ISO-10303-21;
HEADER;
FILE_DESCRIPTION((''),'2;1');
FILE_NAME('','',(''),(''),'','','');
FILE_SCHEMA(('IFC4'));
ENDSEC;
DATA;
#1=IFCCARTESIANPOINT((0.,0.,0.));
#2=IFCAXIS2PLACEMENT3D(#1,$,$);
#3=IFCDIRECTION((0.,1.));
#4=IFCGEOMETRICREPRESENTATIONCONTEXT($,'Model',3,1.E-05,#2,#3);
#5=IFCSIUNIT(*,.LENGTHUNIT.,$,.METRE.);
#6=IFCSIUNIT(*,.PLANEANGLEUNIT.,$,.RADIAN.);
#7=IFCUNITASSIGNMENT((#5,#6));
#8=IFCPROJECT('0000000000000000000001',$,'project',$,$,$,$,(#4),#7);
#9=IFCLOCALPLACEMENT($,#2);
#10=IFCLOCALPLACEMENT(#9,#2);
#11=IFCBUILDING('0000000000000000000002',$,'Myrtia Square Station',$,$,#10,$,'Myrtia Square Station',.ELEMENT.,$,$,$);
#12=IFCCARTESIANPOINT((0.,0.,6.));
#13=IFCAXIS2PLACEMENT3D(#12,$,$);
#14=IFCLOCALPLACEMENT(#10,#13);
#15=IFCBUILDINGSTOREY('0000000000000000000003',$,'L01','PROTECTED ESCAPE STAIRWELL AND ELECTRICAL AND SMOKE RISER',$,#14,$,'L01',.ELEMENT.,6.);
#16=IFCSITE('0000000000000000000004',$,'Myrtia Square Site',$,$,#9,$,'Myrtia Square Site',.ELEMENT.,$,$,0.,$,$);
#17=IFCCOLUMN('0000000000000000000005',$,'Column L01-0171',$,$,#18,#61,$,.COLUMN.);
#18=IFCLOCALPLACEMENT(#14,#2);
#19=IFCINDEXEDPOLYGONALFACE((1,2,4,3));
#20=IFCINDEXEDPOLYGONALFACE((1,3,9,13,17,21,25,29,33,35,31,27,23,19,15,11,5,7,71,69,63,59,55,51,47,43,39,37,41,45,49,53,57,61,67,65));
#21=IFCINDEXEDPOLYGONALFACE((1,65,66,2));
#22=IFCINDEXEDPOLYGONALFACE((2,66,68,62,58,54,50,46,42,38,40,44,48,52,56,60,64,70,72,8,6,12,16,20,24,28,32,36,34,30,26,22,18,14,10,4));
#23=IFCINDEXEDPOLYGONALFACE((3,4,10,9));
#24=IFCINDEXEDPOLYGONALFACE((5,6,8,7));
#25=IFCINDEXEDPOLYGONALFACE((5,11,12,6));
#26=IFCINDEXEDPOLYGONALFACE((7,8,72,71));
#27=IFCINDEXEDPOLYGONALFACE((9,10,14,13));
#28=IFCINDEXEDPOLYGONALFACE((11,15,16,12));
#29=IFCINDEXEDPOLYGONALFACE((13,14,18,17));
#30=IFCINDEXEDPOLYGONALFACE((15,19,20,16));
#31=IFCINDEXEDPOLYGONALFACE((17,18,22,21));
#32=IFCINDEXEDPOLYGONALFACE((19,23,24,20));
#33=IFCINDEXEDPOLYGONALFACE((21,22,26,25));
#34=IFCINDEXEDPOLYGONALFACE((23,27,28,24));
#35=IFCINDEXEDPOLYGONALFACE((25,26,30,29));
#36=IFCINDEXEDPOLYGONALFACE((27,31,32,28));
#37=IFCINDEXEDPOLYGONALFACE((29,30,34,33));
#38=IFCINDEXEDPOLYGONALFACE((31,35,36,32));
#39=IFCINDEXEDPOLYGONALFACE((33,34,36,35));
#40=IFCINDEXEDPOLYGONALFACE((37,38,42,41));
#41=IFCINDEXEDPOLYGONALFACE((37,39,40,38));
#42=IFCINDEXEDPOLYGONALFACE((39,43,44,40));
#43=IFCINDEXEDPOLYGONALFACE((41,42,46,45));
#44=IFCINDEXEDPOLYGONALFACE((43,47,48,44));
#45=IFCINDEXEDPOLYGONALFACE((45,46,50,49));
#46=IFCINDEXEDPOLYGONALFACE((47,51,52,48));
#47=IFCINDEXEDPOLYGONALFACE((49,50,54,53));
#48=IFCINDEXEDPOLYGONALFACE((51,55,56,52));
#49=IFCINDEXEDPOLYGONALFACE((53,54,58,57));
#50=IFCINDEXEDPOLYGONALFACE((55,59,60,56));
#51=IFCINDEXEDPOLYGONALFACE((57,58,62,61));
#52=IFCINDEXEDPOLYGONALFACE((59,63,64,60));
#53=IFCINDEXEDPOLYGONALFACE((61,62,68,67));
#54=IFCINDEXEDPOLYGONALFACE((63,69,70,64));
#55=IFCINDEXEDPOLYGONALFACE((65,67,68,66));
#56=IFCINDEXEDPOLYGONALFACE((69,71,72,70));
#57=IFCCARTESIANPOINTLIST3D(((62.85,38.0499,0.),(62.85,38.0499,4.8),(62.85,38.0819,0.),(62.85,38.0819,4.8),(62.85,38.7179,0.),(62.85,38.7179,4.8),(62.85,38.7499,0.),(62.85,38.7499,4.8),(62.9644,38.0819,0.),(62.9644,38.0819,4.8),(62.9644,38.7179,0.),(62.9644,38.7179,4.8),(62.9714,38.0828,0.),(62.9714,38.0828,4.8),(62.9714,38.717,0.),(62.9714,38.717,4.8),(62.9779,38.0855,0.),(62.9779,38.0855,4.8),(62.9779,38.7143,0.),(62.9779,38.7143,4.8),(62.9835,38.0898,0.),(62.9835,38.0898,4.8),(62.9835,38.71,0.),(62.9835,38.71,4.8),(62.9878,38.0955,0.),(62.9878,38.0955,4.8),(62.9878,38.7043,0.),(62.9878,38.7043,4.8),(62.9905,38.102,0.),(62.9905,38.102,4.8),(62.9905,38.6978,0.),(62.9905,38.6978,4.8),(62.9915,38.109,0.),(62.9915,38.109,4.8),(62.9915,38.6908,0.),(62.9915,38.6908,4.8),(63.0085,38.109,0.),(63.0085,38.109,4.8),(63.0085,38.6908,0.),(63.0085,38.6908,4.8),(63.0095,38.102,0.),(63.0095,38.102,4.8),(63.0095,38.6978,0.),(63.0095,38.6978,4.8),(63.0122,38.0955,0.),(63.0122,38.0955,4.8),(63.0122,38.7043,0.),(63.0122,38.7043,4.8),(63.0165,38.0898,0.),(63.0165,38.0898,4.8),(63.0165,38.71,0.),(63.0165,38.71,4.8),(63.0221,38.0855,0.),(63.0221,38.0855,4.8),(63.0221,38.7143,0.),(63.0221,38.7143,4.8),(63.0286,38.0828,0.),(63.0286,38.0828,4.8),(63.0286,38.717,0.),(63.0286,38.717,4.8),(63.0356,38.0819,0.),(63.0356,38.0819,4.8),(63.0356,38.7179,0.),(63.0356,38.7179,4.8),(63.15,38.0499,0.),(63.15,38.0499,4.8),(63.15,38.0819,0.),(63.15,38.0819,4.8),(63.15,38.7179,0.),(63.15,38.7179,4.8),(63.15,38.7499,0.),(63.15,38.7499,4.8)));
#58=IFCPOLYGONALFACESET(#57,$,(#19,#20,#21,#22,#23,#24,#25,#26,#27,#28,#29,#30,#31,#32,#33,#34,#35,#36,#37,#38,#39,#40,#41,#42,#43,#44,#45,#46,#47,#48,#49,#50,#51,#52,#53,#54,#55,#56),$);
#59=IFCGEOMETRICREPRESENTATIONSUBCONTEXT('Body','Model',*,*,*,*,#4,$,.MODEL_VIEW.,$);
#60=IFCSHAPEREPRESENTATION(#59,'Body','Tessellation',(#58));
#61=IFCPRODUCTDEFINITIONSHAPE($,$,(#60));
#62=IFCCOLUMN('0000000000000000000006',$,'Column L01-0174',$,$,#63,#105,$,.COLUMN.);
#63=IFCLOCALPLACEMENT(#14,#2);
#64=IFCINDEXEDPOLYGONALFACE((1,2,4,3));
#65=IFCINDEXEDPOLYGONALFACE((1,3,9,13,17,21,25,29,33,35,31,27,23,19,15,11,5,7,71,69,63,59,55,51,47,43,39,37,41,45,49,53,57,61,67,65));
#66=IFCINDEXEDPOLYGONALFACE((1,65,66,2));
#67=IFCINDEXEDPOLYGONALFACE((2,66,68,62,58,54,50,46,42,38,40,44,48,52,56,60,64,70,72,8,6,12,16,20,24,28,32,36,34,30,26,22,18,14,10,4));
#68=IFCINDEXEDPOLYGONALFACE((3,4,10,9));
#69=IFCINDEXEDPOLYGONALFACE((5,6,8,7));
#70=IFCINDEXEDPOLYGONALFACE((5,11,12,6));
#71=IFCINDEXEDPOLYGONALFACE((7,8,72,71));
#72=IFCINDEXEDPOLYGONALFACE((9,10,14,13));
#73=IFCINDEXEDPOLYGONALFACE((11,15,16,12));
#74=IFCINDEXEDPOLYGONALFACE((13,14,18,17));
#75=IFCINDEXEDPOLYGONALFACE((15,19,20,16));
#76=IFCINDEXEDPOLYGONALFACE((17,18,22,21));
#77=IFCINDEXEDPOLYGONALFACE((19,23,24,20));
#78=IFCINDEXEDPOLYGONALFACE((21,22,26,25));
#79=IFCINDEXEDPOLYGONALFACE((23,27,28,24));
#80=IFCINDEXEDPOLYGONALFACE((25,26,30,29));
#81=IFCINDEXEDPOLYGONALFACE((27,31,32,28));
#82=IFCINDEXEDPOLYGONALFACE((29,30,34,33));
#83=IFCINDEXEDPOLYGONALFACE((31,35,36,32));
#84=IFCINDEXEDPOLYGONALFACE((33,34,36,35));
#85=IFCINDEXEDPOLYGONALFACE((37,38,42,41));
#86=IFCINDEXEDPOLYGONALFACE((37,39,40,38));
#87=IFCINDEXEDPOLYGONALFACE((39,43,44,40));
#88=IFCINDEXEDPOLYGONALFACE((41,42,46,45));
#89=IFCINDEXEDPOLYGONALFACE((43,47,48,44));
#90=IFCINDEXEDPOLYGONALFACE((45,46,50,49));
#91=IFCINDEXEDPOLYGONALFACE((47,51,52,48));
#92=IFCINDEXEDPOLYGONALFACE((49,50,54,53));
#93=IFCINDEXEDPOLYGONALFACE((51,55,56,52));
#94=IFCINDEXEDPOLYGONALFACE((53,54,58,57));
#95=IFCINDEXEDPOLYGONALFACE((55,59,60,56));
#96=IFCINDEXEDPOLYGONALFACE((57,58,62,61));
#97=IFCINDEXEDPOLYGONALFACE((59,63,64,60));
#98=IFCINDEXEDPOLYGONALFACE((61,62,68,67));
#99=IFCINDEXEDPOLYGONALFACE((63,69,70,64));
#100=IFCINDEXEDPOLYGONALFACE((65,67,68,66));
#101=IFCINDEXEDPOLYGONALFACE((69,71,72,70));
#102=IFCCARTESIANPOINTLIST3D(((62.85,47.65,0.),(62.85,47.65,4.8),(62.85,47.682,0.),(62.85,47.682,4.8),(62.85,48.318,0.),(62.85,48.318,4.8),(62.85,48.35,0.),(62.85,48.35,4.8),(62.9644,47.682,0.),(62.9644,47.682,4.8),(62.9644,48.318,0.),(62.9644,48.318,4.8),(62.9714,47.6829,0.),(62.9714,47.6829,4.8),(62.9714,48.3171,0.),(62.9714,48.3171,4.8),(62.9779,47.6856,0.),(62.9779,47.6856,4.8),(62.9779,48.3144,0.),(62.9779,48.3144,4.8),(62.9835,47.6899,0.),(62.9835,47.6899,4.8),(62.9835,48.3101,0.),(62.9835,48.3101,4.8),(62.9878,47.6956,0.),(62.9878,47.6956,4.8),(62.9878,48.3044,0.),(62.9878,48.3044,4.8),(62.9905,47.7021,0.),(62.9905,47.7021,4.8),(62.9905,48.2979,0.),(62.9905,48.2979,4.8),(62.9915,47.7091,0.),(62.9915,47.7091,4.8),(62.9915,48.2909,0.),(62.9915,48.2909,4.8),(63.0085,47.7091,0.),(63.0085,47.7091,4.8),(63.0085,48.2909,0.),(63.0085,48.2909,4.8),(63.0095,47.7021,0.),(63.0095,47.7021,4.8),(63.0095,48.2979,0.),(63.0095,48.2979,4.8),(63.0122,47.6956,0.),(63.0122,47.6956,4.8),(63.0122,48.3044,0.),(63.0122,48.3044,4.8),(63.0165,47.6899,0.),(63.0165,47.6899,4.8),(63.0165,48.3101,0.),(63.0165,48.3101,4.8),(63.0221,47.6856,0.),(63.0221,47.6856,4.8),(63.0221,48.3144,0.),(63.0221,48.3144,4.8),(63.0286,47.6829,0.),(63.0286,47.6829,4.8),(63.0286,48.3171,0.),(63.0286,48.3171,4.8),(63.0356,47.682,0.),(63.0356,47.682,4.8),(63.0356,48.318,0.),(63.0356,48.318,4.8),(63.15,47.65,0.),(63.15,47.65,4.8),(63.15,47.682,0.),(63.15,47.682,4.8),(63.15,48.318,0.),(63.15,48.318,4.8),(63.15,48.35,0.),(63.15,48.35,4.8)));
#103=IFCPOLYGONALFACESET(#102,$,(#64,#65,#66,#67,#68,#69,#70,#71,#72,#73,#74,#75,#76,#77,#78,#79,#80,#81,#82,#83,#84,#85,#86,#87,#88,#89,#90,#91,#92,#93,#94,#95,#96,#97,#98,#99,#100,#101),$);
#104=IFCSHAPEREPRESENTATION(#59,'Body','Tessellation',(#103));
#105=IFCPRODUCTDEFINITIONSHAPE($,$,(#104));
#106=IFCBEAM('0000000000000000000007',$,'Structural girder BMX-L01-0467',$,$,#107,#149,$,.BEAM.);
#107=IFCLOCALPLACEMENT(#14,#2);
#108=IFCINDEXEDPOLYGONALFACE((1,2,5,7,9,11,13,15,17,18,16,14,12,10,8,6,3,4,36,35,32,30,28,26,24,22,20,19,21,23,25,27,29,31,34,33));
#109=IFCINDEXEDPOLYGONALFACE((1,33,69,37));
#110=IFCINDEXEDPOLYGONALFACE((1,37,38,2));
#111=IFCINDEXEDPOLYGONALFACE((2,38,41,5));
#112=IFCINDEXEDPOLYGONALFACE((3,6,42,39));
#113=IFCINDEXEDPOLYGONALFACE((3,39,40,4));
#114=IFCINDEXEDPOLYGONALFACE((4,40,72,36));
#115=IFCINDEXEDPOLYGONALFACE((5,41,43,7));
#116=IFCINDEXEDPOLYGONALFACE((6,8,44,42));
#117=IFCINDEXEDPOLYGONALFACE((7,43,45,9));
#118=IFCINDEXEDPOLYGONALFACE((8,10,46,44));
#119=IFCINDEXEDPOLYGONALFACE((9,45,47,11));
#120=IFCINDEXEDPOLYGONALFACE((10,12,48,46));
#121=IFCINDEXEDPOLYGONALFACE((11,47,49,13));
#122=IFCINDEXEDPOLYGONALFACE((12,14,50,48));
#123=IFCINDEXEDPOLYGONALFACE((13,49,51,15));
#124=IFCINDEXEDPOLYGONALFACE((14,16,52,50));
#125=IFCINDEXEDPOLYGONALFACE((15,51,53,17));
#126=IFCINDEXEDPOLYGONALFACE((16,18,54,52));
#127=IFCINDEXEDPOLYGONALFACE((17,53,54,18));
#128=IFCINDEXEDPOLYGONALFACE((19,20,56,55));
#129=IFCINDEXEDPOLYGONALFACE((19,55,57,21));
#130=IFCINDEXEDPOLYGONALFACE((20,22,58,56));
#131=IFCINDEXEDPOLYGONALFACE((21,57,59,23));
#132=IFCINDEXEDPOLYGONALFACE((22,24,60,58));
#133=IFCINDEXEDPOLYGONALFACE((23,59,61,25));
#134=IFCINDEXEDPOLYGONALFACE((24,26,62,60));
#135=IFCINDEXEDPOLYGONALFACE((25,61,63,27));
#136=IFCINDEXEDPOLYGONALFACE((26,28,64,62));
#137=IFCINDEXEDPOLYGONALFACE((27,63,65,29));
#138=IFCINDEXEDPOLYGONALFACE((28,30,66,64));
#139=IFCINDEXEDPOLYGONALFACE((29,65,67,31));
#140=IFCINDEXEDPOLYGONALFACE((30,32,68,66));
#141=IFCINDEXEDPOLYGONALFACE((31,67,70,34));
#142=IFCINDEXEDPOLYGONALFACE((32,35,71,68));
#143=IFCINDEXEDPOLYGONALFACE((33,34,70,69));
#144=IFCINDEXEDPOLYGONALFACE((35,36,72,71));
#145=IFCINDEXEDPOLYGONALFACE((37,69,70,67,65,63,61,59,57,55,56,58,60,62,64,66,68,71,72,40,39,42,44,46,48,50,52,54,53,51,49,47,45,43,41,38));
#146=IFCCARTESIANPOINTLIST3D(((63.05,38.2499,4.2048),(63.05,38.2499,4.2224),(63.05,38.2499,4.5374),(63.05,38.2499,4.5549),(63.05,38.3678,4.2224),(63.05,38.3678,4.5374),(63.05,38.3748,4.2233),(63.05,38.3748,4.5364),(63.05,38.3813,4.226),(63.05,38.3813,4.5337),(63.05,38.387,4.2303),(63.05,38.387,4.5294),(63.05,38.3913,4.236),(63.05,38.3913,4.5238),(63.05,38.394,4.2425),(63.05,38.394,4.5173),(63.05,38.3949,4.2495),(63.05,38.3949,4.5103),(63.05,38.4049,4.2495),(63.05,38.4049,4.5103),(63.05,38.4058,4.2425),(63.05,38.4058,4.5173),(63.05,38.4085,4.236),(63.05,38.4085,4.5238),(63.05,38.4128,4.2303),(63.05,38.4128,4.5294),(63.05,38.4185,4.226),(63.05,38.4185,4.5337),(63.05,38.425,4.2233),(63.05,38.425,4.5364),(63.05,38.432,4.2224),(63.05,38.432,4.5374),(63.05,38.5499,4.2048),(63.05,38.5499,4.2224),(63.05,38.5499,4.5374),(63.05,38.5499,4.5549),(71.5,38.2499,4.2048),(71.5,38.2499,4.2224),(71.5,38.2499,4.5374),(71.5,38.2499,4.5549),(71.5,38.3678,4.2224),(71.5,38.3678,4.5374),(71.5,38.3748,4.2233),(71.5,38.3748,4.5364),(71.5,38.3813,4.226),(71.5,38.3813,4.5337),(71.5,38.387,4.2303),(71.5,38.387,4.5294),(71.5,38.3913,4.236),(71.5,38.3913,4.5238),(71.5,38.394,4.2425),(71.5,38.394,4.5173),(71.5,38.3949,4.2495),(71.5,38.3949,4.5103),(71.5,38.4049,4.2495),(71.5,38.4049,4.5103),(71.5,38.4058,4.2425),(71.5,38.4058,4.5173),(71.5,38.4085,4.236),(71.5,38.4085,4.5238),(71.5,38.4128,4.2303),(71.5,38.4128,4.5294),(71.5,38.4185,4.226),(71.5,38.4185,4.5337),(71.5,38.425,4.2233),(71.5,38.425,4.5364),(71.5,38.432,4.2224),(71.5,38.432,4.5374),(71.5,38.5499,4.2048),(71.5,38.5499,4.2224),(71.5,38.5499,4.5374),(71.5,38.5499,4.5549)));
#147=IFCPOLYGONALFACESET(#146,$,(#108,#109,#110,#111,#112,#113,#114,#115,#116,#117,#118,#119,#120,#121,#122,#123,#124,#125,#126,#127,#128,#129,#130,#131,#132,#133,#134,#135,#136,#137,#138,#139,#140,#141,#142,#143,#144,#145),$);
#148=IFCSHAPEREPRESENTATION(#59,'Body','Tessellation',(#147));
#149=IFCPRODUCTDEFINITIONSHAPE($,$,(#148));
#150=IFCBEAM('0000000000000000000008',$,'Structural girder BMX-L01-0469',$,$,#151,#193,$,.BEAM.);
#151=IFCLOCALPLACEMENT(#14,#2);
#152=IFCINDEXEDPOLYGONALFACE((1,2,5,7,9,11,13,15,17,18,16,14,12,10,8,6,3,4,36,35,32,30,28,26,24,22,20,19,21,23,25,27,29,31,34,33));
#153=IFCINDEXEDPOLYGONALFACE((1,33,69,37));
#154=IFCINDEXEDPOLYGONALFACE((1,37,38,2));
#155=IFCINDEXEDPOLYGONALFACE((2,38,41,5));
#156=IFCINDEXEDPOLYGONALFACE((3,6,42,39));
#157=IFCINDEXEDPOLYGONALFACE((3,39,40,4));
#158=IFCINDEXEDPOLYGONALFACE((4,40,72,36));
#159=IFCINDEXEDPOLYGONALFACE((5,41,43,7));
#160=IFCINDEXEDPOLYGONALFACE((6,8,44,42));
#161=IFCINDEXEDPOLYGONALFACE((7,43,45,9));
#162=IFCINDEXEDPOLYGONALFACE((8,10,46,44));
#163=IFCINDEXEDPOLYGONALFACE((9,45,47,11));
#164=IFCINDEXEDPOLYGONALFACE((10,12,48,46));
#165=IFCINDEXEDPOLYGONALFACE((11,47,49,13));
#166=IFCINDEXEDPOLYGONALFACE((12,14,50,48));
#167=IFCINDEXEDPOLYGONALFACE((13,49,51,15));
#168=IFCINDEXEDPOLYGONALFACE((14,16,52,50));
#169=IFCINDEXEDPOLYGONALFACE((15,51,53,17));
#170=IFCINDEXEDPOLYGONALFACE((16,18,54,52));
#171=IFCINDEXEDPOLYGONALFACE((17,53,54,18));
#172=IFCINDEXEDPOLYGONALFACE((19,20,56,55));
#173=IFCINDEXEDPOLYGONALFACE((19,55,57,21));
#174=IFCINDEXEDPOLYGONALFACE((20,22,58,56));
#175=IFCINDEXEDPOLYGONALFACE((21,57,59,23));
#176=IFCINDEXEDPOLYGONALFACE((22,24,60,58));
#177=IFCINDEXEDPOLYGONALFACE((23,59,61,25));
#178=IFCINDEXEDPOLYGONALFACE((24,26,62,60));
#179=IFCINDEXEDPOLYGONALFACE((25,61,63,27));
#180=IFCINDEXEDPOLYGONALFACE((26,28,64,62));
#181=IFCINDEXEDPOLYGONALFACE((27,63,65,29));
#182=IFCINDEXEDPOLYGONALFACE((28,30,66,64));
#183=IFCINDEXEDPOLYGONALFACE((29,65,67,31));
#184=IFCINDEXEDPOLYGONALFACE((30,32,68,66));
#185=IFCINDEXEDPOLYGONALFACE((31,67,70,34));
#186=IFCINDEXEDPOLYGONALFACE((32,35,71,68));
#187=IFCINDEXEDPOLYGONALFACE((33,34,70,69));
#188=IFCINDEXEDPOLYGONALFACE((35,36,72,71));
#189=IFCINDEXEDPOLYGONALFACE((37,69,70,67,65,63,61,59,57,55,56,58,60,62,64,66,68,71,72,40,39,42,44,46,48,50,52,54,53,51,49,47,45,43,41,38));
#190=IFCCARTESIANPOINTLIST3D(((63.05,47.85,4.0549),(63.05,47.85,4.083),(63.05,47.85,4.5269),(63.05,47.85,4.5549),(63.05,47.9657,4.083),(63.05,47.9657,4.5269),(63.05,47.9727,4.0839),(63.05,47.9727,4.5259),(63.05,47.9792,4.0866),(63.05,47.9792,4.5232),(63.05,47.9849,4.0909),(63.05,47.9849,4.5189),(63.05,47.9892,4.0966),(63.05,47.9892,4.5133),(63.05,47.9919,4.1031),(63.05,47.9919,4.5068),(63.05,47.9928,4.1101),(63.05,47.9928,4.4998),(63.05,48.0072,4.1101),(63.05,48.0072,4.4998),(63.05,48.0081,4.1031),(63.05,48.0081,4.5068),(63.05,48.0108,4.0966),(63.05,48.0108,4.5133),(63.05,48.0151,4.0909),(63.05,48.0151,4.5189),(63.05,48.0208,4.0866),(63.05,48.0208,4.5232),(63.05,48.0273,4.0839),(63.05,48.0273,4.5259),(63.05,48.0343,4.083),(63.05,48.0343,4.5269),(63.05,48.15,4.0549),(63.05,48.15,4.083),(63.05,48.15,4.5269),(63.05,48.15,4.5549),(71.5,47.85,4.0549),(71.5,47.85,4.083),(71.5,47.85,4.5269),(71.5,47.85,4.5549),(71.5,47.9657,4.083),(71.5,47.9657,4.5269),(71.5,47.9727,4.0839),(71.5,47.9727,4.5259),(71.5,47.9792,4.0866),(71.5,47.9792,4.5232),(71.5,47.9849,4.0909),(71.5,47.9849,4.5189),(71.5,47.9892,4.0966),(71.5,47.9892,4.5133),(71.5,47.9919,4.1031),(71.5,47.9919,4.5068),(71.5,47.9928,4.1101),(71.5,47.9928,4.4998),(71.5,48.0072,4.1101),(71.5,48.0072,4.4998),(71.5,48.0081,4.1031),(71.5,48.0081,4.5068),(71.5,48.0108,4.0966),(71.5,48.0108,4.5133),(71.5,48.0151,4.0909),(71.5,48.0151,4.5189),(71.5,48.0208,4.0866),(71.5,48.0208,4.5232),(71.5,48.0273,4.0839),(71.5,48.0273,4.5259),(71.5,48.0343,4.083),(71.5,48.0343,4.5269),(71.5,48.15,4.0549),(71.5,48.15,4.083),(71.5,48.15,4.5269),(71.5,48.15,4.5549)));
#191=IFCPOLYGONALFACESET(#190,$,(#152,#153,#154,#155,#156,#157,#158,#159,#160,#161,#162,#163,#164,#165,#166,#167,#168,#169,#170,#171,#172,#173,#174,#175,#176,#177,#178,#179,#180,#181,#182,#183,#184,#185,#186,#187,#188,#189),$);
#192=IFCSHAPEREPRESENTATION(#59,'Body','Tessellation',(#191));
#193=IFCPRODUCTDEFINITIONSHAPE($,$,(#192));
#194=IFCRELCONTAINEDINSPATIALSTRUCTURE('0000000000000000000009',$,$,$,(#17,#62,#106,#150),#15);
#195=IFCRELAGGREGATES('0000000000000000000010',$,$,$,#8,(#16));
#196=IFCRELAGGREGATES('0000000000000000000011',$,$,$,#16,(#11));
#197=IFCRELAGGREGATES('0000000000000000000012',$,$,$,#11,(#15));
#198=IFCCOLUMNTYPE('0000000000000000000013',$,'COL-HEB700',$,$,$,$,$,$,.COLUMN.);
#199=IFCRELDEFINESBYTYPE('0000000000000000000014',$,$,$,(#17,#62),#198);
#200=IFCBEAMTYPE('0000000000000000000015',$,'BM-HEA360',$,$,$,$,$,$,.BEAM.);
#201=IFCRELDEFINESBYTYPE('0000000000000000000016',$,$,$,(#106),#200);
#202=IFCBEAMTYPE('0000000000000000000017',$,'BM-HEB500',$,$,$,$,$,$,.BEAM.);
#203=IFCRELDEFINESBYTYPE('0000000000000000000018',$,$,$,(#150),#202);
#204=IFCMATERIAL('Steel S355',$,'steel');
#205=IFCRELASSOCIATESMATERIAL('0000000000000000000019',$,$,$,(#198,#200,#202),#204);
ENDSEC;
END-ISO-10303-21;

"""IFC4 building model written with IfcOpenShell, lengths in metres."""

from ifc_helpers import new_model, si_unit, direction, frame, origin, origin_2d, place, context, subcontext, project, spatial, i_section, extrude, material, material_profile, profile_set, type_object, element, save


model = new_model("IFC4")

# Units and contexts
model_context = context("Model", 3, precision=1e-05, world=origin(), true_north=direction((0.0, 1.0)))
body_context = subcontext(model_context, "Body", "Model", "MODEL_VIEW")
ifc_project = project(units=[si_unit("LENGTHUNIT", "METRE"), si_unit("PLANEANGLEUNIT", "RADIAN")], contexts=[model_context])

# Site, building, storey
site_placement = place(None, origin())
site = spatial("IfcSite", under=ifc_project, at=site_placement, Name="Myrtia Square Site", LongName="Myrtia Square Site", CompositionType="ELEMENT", RefElevation=0.0)
building_placement = place(site_placement, origin())
building = spatial("IfcBuilding", under=site, at=building_placement, Name="Myrtia Square Station", LongName="Myrtia Square Station", CompositionType="ELEMENT")
storey_placement = place(building_placement, frame((0.0, 0.0, 6.0)))
storey = spatial("IfcBuildingStorey", under=building, at=storey_placement, Name="L01", Description="PROTECTED ESCAPE STAIRWELL AND ELECTRICAL AND SMOKE RISER", LongName="L01", CompositionType="ELEMENT", Elevation=6.0)

# Columns
ifc_material_1 = material(Name="Steel S355", Category="steel")
ifc_material_profile_1 = material_profile(ifc_material_1, i_section(OverallWidth=0.3, OverallDepth=0.7, WebThickness=0.0171, FlangeThickness=0.032, FilletRadius=0.0271, at=origin_2d()), Name="HEB 700")
ifc_profile_set_1 = profile_set([ifc_material_profile_1], Name="Steel S355")
column_type = type_object("IfcColumnType", Name="COL-HEB700", PredefinedType="COLUMN", material=ifc_profile_set_1)
for number, where, z_axis, x_axis, name in (
    (1, (63.0, 38.3999, 0.0), (0.0, 0.0, 1.0), (1.0, 0.0, 0.0), "Column L01-0171"),
    (2, (63.0, 48.0, 0.0), (0.0, 0.0, 1.0), (1.0, 0.0, 0.0), "Column L01-0174"),
):
    element("IfcColumn", number, at=place(storey_placement, frame(where, z_axis=z_axis, x_axis=x_axis)), inside=storey, type_object=column_type, Name=name, PredefinedType="COLUMN", context=body_context, shape_type="SweptSolid", body=[
        extrude(i_section(OverallWidth=0.3, OverallDepth=0.7, WebThickness=0.0171, FlangeThickness=0.032, FilletRadius=0.0271, at=origin_2d()), origin(), (0.0, 0.0, 1.0), 4.8),
    ])

# Beams
ifc_material_profile_2 = material_profile(ifc_material_1, i_section(OverallWidth=0.3, OverallDepth=0.3501, WebThickness=0.01, FlangeThickness=0.0176, FilletRadius=0.0271, at=origin_2d()), Name="HEA 360")
ifc_profile_set_2 = profile_set([ifc_material_profile_2], Name="Steel S355")
beam_type_1 = type_object("IfcBeamType", Name="BM-HEA360", PredefinedType="BEAM", material=ifc_profile_set_2)
beam_1_placement = place(storey_placement, frame((63.05, 38.3999, 4.3799), z_axis=(1.0, 0.0, 0.0), x_axis=(0.0, 1.0, 0.0)))
element("IfcBeam", 3, at=beam_1_placement, inside=storey, type_object=beam_type_1, Name="Structural girder BMX-L01-0467", PredefinedType="BEAM", context=body_context, shape_type="SweptSolid", body=[
    extrude(i_section(OverallWidth=0.3, OverallDepth=0.3501, WebThickness=0.01, FlangeThickness=0.0176, FilletRadius=0.0271, at=origin_2d()), origin(), (0.0, 0.0, 1.0), 8.45),
])
ifc_material_profile_3 = material_profile(ifc_material_1, i_section(OverallWidth=0.3, OverallDepth=0.5, WebThickness=0.0144, FlangeThickness=0.0281, FilletRadius=0.0271, at=origin_2d()), Name="HEB 500")
ifc_profile_set_3 = profile_set([ifc_material_profile_3], Name="Steel S355")
beam_type_2 = type_object("IfcBeamType", Name="BM-HEB500", PredefinedType="BEAM", material=ifc_profile_set_3)
beam_2_placement = place(storey_placement, frame((63.05, 48.0, 4.3049), z_axis=(1.0, 0.0, 0.0), x_axis=(0.0, 1.0, 0.0)))
element("IfcBeam", 4, at=beam_2_placement, inside=storey, type_object=beam_type_2, Name="Structural girder BMX-L01-0469", PredefinedType="BEAM", context=body_context, shape_type="SweptSolid", body=[
    extrude(i_section(OverallWidth=0.3, OverallDepth=0.5, WebThickness=0.0144, FlangeThickness=0.0281, FilletRadius=0.0271, at=origin_2d()), origin(), (0.0, 0.0, 1.0), 8.45),
])

save(model, "model.ifc")
